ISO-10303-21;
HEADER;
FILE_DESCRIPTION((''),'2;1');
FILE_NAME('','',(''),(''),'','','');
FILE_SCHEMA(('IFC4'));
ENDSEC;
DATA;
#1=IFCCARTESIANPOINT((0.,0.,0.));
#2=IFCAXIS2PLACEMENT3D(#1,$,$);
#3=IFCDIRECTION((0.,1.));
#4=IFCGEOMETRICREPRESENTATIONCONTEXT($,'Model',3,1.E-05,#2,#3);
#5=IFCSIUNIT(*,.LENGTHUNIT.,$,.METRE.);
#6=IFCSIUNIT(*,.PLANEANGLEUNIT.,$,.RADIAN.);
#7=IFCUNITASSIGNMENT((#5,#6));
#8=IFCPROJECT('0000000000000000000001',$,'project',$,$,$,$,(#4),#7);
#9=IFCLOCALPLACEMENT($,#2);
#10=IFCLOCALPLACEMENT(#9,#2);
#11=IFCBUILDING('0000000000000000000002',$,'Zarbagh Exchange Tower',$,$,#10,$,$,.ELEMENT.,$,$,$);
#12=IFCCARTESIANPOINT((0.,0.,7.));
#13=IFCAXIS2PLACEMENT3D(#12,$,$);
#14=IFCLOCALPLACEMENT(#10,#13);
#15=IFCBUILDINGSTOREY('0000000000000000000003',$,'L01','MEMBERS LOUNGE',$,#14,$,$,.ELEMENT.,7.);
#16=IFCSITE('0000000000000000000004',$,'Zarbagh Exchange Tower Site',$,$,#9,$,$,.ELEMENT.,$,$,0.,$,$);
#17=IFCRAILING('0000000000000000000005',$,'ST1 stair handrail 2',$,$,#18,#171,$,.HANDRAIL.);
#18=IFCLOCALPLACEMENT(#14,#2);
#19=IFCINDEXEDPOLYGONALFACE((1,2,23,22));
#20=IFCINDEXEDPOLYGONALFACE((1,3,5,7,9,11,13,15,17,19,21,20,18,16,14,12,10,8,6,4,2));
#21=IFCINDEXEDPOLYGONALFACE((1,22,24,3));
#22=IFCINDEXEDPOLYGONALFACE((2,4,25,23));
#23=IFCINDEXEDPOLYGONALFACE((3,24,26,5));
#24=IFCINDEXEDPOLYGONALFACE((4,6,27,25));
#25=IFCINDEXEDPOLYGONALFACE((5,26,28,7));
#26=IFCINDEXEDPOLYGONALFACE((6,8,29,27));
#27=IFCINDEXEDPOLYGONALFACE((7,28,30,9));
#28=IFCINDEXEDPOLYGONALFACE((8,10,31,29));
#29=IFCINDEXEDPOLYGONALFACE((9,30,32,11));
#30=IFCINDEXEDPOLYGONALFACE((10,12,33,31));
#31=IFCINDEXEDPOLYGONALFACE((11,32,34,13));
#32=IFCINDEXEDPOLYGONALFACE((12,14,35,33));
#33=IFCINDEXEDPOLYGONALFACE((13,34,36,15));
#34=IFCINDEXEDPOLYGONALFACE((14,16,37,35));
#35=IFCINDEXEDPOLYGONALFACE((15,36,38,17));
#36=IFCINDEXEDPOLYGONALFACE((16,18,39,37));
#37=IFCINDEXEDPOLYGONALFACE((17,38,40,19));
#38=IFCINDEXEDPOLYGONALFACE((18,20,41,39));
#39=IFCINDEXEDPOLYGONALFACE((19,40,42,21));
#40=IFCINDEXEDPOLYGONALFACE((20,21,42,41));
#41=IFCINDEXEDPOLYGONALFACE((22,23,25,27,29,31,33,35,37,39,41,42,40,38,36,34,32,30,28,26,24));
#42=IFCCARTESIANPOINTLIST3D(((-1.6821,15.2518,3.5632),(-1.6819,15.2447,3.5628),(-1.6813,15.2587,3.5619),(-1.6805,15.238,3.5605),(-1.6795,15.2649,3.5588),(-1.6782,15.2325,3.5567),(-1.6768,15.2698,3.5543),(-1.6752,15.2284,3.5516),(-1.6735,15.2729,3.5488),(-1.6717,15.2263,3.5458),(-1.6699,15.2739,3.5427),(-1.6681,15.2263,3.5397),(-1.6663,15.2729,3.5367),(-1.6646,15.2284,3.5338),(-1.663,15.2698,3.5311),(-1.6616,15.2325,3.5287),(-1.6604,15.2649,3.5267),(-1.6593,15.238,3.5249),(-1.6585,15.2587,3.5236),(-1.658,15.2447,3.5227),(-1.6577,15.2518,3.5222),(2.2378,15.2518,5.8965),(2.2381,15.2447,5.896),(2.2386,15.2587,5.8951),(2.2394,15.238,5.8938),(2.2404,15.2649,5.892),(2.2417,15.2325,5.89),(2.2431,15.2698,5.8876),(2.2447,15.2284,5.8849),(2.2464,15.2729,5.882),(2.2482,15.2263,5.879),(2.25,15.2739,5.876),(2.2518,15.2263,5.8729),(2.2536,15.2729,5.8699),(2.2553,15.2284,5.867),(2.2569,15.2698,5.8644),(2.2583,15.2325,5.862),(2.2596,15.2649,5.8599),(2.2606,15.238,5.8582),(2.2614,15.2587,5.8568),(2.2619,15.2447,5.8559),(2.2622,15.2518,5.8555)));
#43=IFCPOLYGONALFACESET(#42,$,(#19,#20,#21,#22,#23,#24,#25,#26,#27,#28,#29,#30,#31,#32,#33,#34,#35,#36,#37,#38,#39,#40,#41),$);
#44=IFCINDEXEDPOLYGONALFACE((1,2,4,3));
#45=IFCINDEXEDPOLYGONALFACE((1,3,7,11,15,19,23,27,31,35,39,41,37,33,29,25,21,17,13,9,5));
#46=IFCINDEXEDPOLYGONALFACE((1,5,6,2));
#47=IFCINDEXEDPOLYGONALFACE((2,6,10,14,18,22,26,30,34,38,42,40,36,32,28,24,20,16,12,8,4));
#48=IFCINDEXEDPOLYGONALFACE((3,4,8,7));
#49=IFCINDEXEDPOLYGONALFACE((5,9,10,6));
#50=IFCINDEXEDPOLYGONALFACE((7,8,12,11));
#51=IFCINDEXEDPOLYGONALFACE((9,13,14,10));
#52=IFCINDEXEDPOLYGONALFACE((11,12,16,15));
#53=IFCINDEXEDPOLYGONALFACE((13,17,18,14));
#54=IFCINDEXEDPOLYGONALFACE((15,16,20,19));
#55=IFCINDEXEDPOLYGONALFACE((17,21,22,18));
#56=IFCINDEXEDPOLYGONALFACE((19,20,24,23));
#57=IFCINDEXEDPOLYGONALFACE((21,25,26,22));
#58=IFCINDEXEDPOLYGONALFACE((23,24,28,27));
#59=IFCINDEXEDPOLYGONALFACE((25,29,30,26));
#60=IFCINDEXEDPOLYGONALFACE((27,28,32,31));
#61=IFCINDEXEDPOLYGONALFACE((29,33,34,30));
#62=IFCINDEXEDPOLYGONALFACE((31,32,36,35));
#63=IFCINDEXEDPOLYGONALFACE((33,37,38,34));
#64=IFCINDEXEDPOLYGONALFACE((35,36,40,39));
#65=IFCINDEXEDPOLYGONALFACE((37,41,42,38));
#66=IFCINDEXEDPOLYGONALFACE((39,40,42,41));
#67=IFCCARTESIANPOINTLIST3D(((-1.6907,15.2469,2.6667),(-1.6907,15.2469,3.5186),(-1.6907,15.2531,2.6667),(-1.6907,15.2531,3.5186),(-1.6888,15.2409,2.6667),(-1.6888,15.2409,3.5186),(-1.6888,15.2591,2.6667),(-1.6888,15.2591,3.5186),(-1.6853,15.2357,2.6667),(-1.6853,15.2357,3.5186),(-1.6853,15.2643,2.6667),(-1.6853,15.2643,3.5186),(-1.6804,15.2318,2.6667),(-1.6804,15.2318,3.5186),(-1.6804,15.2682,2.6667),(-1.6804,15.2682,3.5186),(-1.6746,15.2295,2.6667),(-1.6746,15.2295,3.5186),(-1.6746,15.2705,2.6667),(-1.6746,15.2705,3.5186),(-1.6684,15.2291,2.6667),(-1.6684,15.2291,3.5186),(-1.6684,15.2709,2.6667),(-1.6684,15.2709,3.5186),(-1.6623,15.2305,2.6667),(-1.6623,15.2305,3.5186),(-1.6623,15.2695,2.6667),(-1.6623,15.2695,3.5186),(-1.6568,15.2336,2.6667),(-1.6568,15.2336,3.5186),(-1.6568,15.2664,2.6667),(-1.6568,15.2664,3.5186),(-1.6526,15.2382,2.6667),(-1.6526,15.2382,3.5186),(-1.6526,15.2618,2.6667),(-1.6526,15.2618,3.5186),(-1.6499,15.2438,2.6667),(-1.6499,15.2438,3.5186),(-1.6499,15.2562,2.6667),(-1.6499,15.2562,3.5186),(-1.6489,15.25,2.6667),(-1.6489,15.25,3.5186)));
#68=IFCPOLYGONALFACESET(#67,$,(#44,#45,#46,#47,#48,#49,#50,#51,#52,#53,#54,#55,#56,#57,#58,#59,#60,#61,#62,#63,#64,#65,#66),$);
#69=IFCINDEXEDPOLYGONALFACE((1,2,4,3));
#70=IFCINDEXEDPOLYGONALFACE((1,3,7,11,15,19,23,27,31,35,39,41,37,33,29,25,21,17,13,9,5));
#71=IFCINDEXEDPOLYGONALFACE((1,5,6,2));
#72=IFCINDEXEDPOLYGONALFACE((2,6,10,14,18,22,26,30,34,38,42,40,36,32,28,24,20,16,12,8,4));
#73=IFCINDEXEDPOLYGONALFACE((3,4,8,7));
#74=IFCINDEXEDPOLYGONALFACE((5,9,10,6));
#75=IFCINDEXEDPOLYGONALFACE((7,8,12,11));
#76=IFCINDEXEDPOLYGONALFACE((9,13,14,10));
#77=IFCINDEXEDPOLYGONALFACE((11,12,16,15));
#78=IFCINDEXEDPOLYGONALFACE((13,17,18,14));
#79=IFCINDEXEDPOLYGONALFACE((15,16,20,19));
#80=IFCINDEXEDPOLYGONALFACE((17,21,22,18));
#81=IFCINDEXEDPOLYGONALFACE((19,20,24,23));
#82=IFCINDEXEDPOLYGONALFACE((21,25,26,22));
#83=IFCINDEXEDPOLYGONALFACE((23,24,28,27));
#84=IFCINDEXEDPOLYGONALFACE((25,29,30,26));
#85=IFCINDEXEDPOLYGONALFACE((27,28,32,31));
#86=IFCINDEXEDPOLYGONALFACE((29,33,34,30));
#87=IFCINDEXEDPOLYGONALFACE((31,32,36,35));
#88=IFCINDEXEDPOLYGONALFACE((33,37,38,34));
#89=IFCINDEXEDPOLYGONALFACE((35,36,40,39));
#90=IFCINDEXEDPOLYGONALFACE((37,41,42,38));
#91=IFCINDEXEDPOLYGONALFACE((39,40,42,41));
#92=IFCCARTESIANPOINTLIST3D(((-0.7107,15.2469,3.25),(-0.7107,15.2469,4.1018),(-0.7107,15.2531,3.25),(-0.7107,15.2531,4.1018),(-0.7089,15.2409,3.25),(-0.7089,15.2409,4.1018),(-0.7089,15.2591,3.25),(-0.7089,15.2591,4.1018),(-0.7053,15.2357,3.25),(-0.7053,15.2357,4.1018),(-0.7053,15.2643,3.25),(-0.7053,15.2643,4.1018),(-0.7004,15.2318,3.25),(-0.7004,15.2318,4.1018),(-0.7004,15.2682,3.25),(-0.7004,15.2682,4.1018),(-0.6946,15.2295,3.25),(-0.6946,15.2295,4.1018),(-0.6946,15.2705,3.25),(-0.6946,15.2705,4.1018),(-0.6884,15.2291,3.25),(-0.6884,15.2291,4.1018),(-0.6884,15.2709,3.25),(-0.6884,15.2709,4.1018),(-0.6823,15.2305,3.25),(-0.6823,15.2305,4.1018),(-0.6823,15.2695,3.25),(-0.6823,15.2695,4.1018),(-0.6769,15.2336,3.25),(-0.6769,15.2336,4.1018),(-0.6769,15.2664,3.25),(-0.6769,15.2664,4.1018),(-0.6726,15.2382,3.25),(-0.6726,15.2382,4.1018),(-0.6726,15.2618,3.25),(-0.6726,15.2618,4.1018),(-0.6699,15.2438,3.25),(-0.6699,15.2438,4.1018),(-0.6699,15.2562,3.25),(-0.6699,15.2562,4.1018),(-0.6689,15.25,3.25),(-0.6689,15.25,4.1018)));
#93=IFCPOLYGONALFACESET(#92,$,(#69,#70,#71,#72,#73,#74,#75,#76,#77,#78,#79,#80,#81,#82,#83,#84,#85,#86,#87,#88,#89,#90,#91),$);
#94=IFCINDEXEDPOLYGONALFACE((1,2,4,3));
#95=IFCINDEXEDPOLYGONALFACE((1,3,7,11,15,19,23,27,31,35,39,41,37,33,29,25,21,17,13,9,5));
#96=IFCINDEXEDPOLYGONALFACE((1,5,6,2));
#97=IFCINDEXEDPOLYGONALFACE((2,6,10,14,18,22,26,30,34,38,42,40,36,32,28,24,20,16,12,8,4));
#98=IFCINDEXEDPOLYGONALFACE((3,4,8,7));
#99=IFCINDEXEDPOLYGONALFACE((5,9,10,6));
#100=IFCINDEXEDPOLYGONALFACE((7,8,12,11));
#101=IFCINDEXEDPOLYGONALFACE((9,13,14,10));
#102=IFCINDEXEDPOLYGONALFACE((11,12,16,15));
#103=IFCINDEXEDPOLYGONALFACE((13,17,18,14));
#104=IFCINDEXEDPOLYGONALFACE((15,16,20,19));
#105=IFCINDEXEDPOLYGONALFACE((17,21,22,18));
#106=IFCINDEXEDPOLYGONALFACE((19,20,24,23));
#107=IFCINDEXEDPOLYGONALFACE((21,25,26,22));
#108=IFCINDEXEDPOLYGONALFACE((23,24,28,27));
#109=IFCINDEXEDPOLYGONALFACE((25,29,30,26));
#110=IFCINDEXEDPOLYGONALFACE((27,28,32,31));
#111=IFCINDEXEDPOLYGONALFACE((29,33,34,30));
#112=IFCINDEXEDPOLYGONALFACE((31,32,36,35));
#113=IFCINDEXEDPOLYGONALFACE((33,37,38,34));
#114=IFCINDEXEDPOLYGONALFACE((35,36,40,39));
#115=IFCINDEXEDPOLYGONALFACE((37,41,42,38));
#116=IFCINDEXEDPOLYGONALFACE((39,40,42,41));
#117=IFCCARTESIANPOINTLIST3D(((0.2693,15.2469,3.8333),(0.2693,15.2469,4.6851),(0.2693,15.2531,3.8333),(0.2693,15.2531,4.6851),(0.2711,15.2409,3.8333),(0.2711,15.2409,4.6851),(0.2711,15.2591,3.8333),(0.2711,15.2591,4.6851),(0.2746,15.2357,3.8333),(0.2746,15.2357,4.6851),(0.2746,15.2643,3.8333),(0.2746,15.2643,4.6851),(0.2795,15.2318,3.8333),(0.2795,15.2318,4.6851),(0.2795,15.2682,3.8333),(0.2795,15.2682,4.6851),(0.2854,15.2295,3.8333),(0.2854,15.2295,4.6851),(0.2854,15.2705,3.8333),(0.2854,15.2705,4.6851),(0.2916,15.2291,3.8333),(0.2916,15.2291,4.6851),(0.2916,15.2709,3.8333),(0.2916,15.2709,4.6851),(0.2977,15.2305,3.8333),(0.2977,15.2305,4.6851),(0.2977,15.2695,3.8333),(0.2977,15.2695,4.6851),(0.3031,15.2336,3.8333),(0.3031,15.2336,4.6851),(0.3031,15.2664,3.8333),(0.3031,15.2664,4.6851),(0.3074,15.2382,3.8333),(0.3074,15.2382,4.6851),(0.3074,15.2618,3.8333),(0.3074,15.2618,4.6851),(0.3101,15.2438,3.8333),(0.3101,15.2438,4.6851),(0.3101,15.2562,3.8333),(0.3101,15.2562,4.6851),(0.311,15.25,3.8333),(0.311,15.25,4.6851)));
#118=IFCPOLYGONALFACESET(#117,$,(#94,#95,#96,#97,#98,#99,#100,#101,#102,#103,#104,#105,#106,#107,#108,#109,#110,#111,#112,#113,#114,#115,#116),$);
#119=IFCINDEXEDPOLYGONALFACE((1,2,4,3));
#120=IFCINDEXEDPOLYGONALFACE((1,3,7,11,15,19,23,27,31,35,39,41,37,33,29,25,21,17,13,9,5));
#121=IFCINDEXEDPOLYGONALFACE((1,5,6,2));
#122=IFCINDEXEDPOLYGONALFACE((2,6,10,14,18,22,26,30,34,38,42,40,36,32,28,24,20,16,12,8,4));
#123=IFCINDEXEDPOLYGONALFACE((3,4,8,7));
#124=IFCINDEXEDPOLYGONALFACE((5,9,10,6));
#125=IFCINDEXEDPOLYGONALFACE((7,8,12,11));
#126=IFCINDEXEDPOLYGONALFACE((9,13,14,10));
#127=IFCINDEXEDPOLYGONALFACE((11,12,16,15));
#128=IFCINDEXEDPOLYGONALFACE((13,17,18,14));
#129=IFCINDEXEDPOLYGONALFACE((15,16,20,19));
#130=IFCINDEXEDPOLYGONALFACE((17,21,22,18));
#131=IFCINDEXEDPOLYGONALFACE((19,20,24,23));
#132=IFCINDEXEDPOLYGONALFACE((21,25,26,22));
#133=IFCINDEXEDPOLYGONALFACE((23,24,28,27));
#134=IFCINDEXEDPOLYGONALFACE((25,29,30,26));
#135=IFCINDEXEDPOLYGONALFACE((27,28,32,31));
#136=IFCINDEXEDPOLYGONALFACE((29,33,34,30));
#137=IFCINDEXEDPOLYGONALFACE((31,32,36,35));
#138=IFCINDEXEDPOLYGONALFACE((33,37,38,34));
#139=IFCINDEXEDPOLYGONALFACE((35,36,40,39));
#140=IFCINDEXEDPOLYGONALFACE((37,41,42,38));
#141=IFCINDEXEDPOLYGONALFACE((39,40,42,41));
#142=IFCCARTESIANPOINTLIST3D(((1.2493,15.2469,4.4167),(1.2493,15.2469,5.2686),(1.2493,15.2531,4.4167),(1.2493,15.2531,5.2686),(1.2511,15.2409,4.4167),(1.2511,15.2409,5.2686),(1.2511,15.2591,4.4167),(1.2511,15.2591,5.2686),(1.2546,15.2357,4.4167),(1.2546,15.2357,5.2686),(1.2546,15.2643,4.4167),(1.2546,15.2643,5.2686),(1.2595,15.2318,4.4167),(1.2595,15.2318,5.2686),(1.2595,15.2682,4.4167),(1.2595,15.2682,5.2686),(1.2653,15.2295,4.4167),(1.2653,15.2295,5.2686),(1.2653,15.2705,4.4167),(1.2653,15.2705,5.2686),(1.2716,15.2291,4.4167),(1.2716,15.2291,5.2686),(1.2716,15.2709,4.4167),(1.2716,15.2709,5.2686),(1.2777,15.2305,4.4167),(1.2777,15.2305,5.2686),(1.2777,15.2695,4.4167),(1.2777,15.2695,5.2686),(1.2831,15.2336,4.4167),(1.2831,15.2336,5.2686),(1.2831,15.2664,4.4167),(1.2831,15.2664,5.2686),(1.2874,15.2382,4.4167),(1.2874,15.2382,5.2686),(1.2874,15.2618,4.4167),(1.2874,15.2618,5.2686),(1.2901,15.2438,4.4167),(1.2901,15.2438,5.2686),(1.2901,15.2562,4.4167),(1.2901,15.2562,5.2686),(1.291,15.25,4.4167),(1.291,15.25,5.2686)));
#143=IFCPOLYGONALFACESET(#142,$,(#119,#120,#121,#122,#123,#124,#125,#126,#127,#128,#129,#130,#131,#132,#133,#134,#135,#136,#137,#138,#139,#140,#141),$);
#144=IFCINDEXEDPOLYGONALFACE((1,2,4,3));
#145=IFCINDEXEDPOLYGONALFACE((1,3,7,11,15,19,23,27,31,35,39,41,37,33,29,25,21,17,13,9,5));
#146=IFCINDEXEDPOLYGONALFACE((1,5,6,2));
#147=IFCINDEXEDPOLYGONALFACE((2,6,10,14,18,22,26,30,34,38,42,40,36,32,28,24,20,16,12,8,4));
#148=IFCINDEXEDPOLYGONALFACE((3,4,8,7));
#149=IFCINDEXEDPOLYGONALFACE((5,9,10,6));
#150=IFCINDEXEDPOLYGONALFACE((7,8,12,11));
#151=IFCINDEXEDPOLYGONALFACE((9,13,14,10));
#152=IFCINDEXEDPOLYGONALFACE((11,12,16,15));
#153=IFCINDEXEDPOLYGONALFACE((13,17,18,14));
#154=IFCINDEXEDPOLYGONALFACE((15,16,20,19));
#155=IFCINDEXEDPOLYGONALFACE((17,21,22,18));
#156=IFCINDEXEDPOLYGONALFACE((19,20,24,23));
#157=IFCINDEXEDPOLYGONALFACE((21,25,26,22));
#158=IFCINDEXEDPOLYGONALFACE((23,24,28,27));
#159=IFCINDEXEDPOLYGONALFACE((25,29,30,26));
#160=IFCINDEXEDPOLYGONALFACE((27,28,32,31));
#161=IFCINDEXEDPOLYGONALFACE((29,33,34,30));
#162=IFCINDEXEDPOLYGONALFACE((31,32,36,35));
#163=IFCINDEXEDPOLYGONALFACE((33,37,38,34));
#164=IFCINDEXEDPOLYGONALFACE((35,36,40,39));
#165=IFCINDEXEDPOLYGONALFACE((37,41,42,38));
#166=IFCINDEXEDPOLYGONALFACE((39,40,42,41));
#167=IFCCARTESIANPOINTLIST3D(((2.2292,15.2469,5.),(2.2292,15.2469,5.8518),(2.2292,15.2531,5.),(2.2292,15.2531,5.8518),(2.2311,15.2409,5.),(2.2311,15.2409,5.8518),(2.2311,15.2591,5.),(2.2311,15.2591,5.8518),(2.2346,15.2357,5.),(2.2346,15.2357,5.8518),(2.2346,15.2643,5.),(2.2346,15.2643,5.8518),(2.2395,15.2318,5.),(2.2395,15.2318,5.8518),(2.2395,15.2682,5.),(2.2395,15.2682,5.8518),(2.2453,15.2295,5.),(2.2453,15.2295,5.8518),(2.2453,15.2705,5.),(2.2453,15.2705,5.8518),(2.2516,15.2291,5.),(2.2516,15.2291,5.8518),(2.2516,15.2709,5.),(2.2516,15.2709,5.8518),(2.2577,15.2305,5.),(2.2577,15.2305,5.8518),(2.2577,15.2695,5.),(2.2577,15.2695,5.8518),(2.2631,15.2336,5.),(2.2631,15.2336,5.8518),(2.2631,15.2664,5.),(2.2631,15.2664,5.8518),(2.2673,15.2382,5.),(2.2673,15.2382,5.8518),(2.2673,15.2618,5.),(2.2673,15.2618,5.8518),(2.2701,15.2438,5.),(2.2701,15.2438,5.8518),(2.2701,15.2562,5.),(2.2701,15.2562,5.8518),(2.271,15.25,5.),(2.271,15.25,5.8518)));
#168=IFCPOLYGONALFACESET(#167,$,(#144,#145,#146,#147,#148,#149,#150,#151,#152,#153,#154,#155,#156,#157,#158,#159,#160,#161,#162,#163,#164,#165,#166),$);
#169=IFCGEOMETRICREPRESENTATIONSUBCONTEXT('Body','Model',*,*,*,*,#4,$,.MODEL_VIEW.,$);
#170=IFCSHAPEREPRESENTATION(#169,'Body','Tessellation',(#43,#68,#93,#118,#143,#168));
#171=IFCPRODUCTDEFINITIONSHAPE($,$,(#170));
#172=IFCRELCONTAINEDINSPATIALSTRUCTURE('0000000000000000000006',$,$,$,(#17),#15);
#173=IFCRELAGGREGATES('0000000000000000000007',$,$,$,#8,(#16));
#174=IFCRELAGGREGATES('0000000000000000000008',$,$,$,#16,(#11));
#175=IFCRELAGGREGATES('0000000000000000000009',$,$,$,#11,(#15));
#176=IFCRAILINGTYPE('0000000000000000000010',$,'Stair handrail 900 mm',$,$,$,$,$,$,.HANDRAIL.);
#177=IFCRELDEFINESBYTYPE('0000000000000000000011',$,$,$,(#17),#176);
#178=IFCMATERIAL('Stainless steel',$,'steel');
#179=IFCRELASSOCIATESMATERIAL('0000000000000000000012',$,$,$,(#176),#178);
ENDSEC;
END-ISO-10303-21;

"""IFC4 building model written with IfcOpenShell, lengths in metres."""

from ifc_helpers import new_model, si_unit, direction, frame, origin, origin_2d, place, context, subcontext, project, spatial, circle, extrude, material, type_object, element, save


model = new_model("IFC4")

# Units and contexts
model_context = context("Model", 3, precision=1e-05, world=origin(), true_north=direction((0.0, 1.0)))
body_context = subcontext(model_context, "Body", "Model", "MODEL_VIEW")
ifc_project = project(units=[si_unit("LENGTHUNIT", "METRE"), si_unit("PLANEANGLEUNIT", "RADIAN")], contexts=[model_context])

# Site, building, storey
site_placement = place(None, origin())
site = spatial("IfcSite", under=ifc_project, at=site_placement, Name="Zarbagh Exchange Tower Site", CompositionType="ELEMENT", RefElevation=0.0)
building_placement = place(site_placement, origin())
building = spatial("IfcBuilding", under=site, at=building_placement, Name="Zarbagh Exchange Tower", CompositionType="ELEMENT")
storey_placement = place(building_placement, frame((0.0, 0.0, 7.0)))
storey = spatial("IfcBuildingStorey", under=building, at=storey_placement, Name="L01", Description="MEMBERS LOUNGE", CompositionType="ELEMENT", Elevation=7.0)

# Shared definitions
ifc_material_1 = material(Name="Stainless steel", Category="steel")

# Railing
railing_type_1 = type_object("IfcRailingType", Name="Stair handrail 900 mm", PredefinedType="HANDRAIL", material=ifc_material_1)
for number, where, name in (
    (1, (-1.6699, 15.25, 2.6667), "ST1 stair handrail 2"),
):
    element("IfcRailing", number, at=place(storey_placement, frame(where)), inside=storey, type_object=railing_type_1, Name=name, PredefinedType="HANDRAIL", context=body_context, shape_type="SweptSolid", body=[
        extrude(circle(Radius=0.0239, at=origin_2d()), frame((0.0, 0.0, 0.876), z_axis=(0.859296, 0.0, 0.511478), x_axis=(0.0, 1.0, 0.0)), (0.0, 0.0, 1.0), 4.5618),
        extrude(circle(Radius=0.021, at=origin_2d()), origin(), (0.0, 0.0, 1.0), 0.8518),
        extrude(circle(Radius=0.021, at=origin_2d()), frame((0.98, 0.0, 0.5833)), (0.0, 0.0, 1.0), 0.8518),
        extrude(circle(Radius=0.021, at=origin_2d()), frame((1.96, 0.0, 1.1665)), (0.0, 0.0, 1.0), 0.8518),
        extrude(circle(Radius=0.021, at=origin_2d()), frame((2.9399, 0.0, 1.75)), (0.0, 0.0, 1.0), 0.8518),
        extrude(circle(Radius=0.021, at=origin_2d()), frame((3.9199, 0.0, 2.3333)), (0.0, 0.0, 1.0), 0.8518),
    ])

save(model, "model.ifc")
